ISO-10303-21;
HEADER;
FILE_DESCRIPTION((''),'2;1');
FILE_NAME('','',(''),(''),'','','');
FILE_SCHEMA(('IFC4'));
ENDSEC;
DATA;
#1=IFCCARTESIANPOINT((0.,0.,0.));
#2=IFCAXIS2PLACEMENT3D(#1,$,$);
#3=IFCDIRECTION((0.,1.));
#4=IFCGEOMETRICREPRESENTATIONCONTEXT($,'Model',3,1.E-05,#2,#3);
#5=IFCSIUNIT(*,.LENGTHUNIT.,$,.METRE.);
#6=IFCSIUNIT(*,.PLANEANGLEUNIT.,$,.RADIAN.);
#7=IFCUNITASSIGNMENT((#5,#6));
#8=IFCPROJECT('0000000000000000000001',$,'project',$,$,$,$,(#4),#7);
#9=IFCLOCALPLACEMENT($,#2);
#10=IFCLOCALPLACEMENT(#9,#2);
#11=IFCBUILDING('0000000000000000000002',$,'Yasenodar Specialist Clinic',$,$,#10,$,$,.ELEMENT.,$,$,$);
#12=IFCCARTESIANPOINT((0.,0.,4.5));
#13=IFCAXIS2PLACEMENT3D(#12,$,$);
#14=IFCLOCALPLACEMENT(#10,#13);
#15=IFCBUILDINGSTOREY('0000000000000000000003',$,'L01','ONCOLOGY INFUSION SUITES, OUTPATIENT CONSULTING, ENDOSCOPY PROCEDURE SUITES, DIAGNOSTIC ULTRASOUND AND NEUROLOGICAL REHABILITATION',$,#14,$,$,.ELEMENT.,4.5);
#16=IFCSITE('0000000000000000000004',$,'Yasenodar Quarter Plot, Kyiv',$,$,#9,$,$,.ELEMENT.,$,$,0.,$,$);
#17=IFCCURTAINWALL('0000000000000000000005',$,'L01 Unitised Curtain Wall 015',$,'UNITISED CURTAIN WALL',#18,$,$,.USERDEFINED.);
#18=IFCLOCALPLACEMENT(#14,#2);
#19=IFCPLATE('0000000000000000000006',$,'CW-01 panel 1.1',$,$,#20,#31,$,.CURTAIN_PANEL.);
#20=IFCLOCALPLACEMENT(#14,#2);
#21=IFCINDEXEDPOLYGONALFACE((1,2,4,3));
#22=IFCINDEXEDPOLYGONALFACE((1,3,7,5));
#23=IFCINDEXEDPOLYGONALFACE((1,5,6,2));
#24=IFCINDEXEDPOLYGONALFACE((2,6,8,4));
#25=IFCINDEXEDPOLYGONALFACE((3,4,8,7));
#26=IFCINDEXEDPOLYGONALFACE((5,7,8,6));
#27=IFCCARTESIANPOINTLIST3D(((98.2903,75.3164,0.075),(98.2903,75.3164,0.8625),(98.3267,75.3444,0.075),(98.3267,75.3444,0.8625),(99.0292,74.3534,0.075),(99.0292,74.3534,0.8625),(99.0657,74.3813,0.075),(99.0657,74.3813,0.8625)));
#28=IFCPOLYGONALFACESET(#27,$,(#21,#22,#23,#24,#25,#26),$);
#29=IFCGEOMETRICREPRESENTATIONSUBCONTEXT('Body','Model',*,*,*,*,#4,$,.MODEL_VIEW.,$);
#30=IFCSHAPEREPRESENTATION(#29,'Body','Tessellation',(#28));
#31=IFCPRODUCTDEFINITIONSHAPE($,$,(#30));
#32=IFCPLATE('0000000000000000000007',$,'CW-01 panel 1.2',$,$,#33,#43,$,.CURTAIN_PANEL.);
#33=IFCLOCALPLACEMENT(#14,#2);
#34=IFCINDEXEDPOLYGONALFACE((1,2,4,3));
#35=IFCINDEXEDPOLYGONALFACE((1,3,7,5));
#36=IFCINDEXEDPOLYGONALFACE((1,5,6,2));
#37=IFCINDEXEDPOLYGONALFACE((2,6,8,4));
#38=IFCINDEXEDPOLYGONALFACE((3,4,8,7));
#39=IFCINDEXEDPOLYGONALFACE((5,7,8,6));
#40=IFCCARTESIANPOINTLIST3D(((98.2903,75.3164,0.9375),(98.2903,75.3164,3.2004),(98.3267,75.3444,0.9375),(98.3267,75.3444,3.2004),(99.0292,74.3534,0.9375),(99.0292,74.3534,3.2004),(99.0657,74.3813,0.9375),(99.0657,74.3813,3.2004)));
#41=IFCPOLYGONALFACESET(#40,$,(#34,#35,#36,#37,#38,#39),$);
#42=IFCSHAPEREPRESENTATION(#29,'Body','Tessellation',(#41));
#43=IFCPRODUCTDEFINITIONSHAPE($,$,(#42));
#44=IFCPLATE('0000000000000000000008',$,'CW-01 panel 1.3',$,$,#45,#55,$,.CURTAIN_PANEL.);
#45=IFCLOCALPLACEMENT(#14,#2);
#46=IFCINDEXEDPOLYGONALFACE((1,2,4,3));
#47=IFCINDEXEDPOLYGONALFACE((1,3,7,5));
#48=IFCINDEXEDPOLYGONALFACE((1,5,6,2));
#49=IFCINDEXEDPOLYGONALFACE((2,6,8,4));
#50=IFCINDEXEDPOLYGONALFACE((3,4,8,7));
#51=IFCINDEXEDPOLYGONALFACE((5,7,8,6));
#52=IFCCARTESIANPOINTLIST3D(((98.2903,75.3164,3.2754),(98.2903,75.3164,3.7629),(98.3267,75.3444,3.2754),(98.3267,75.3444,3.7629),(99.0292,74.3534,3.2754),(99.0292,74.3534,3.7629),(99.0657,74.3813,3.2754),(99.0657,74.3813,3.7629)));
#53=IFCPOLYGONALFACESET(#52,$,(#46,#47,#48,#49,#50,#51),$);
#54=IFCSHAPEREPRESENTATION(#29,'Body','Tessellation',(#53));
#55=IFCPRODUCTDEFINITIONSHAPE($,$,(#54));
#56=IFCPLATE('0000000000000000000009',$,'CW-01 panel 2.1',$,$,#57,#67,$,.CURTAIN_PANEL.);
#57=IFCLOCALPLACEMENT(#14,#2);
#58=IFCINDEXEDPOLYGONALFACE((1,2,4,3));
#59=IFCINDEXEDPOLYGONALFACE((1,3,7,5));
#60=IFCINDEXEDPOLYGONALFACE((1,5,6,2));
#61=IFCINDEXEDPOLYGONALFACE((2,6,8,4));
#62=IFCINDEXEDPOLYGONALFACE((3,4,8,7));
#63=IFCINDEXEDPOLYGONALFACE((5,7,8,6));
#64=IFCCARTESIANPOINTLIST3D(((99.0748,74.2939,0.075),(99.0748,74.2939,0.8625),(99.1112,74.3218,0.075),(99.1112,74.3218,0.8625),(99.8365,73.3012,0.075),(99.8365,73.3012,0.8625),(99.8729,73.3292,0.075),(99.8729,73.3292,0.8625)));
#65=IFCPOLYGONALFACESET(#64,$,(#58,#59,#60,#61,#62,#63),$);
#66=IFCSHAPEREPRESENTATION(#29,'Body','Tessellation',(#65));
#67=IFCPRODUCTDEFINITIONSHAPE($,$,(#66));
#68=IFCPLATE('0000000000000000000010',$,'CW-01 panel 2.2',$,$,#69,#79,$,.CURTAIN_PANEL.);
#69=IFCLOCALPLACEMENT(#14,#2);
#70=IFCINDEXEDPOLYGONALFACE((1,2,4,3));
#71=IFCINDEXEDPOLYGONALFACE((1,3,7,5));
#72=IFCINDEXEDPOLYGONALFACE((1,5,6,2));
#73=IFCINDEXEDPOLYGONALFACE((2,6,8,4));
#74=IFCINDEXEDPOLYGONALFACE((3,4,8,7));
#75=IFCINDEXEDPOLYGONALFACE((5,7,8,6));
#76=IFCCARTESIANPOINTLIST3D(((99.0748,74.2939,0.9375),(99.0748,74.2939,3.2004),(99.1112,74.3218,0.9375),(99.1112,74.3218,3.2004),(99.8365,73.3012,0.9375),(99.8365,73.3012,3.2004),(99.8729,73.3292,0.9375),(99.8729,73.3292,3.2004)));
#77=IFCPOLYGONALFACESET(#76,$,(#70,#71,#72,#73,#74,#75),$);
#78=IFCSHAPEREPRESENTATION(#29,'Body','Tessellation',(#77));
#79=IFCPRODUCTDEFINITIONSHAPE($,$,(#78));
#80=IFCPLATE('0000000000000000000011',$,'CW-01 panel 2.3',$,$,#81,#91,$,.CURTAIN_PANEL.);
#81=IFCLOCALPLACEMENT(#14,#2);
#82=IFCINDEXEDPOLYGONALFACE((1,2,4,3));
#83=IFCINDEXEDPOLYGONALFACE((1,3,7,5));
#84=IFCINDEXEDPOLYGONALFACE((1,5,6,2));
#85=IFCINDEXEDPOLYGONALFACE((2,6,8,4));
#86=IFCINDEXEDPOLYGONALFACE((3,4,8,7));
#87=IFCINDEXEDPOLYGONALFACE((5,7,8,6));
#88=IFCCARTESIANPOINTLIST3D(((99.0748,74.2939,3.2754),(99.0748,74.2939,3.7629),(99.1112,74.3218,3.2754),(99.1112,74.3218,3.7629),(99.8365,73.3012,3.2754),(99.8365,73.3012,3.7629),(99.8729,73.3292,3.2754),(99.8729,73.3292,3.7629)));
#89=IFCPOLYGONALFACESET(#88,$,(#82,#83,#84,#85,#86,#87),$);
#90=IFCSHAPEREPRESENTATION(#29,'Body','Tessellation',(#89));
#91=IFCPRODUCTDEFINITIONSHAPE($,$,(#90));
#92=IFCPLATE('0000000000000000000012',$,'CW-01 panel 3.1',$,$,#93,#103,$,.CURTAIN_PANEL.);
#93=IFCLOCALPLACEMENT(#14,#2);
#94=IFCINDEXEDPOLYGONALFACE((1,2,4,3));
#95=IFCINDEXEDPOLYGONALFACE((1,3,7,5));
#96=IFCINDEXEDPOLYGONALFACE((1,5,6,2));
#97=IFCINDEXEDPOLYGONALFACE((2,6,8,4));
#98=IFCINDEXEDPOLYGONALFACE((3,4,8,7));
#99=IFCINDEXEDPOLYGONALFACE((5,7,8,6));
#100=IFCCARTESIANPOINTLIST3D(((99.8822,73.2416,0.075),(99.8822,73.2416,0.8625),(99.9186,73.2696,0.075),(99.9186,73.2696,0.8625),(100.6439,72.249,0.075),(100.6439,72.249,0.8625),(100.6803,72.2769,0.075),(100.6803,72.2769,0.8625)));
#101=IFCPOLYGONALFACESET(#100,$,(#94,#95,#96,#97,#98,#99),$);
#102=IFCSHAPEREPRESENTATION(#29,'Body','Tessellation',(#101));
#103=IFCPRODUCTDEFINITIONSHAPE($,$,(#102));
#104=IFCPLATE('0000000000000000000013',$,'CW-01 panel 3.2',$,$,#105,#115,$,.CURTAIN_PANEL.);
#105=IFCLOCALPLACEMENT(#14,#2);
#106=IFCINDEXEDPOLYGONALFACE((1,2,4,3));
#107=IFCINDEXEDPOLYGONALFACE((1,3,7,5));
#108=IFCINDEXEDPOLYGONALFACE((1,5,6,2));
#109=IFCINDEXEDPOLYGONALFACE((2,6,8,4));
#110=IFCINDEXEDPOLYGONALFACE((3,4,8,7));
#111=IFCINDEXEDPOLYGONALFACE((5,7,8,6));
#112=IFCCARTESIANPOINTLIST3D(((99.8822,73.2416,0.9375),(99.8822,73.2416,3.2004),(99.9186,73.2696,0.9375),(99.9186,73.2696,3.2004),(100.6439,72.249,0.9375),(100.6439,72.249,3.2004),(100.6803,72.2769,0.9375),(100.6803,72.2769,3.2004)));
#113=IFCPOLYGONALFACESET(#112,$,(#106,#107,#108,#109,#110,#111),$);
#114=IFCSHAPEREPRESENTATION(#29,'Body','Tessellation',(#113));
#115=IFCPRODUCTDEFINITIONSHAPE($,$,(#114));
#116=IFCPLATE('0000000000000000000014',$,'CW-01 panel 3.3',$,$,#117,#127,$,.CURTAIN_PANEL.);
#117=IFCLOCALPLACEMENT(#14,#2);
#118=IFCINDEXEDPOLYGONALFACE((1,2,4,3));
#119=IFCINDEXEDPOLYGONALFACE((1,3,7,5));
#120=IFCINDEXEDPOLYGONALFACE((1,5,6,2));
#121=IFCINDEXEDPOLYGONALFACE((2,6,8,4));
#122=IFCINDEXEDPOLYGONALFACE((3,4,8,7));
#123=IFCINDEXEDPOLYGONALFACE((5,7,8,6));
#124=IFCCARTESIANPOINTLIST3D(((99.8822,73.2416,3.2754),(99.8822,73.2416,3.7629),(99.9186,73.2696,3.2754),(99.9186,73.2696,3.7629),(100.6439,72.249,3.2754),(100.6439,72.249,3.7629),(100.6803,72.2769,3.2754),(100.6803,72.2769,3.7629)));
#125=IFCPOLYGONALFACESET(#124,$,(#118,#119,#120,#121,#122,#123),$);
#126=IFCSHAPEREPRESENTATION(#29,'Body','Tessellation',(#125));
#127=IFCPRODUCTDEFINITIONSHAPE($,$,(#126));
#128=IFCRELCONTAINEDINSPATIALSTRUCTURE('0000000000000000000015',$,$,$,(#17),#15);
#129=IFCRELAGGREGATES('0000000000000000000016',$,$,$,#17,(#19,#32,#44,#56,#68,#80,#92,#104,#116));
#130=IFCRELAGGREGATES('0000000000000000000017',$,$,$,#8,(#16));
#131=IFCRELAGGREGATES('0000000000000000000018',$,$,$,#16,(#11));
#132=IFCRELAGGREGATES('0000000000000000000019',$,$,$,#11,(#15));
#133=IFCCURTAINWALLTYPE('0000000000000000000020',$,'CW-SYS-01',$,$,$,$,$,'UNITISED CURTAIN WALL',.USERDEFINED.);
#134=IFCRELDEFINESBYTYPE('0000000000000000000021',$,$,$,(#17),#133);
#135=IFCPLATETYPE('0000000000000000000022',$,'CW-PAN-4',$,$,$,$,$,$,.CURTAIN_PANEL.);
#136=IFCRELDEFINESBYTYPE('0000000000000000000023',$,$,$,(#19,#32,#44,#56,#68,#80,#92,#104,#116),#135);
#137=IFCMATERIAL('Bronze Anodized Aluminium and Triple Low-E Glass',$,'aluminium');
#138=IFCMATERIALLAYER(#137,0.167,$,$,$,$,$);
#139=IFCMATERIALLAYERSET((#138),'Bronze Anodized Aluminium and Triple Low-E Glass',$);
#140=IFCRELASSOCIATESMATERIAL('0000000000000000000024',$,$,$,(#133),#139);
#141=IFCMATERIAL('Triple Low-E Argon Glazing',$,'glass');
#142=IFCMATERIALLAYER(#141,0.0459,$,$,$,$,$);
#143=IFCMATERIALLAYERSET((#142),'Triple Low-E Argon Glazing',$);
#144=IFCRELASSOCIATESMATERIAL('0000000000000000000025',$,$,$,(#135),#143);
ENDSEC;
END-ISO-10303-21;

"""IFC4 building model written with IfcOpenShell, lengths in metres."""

from ifc_helpers import new_model, si_unit, direction, frame, origin, origin_2d, place, context, subcontext, project, spatial, rectangle, extrude, material, layer, layer_set, type_object, element, aggregate, save


model = new_model("IFC4")

# Units and contexts
model_context = context("Model", 3, precision=1e-05, world=origin(), true_north=direction((0.0, 1.0)))
body_context = subcontext(model_context, "Body", "Model", "MODEL_VIEW")
ifc_project = project(units=[si_unit("LENGTHUNIT", "METRE"), si_unit("PLANEANGLEUNIT", "RADIAN")], contexts=[model_context])

# Site, building, storey
site_placement = place(None, origin())
site = spatial("IfcSite", under=ifc_project, at=site_placement, Name="Yasenodar Quarter Plot, Kyiv", CompositionType="ELEMENT", RefElevation=0.0)
building_placement = place(site_placement, origin())
building = spatial("IfcBuilding", under=site, at=building_placement, Name="Yasenodar Specialist Clinic", CompositionType="ELEMENT")
storey_placement = place(building_placement, frame((0.0, 0.0, 4.5)))
storey = spatial("IfcBuildingStorey", under=building, at=storey_placement, Name="L01", Description="ONCOLOGY INFUSION SUITES, OUTPATIENT CONSULTING, ENDOSCOPY PROCEDURE SUITES, DIAGNOSTIC ULTRASOUND AND NEUROLOGICAL REHABILITATION", CompositionType="ELEMENT", Elevation=4.5)

# Curtain wall, plates
ifc_material_1 = material(Name="Bronze Anodized Aluminium and Triple Low-E Glass", Category="aluminium")
ifc_layer_1 = layer(ifc_material_1, 0.167)
ifc_layer_set_1 = layer_set([ifc_layer_1], Name="Bronze Anodized Aluminium and Triple Low-E Glass")
curtain_wall_type = type_object("IfcCurtainWallType", Name="CW-SYS-01", ElementType="UNITISED CURTAIN WALL", PredefinedType="USERDEFINED", material=ifc_layer_set_1)
curtain_wall_placement = place(storey_placement, origin())
curtain_wall = element("IfcCurtainWall", 1, at=curtain_wall_placement, inside=storey, type_object=curtain_wall_type, Name="L01 Unitised Curtain Wall 015", ObjectType="UNITISED CURTAIN WALL", PredefinedType="USERDEFINED")
ifc_material_2 = material(Name="Triple Low-E Argon Glazing", Category="glass")
ifc_layer_2 = layer(ifc_material_2, 0.0459)
ifc_layer_set_2 = layer_set([ifc_layer_2], Name="Triple Low-E Argon Glazing")
plate_type = type_object("IfcPlateType", Name="CW-PAN-4", PredefinedType="CURTAIN_PANEL", material=ifc_layer_set_2)
plate_1_placement = place(storey_placement, frame((98.678, 74.8489, 0.075), z_axis=(0.0, 0.0, 1.0), x_axis=(0.608752, -0.793361, 0.0)))
plate_1 = element("IfcPlate", 2, at=plate_1_placement, type_object=plate_type, Name="CW-01 panel 1.1", PredefinedType="CURTAIN_PANEL", context=body_context, shape_type="SweptSolid", body=[
    extrude(rectangle(XDim=1.2139, YDim=0.0459, at=origin_2d()), origin(), (0.0, 0.0, 1.0), 0.7876),
])
plate_2_placement = place(storey_placement, frame((98.678, 74.8489, 0.9375), z_axis=(0.0, 0.0, 1.0), x_axis=(0.608752, -0.793361, 0.0)))
plate_2 = element("IfcPlate", 3, at=plate_2_placement, type_object=plate_type, Name="CW-01 panel 1.2", PredefinedType="CURTAIN_PANEL", context=body_context, shape_type="SweptSolid", body=[
    extrude(rectangle(XDim=1.2139, YDim=0.0459, at=origin_2d()), origin(), (0.0, 0.0, 1.0), 2.2629),
])
plate_3_placement = place(storey_placement, frame((98.678, 74.8489, 3.2754), z_axis=(0.0, 0.0, 1.0), x_axis=(0.608752, -0.793361, 0.0)))
plate_3 = element("IfcPlate", 4, at=plate_3_placement, type_object=plate_type, Name="CW-01 panel 1.3", PredefinedType="CURTAIN_PANEL", context=body_context, shape_type="SweptSolid", body=[
    extrude(rectangle(XDim=1.2139, YDim=0.0459, at=origin_2d()), origin(), (0.0, 0.0, 1.0), 0.4875),
])
plate_4_placement = place(storey_placement, frame((99.4739, 73.8115, 0.075), z_axis=(0.0, 0.0, 1.0), x_axis=(0.608752, -0.793361, 0.0)))
plate_4 = element("IfcPlate", 5, at=plate_4_placement, type_object=plate_type, Name="CW-01 panel 2.1", PredefinedType="CURTAIN_PANEL", context=body_context, shape_type="SweptSolid", body=[
    extrude(rectangle(XDim=1.2512, YDim=0.0459, at=origin_2d()), origin(), (0.0, 0.0, 1.0), 0.7876),
])
plate_5_placement = place(storey_placement, frame((99.4739, 73.8115, 0.9375), z_axis=(0.0, 0.0, 1.0), x_axis=(0.608752, -0.793361, 0.0)))
plate_5 = element("IfcPlate", 6, at=plate_5_placement, type_object=plate_type, Name="CW-01 panel 2.2", PredefinedType="CURTAIN_PANEL", context=body_context, shape_type="SweptSolid", body=[
    extrude(rectangle(XDim=1.2512, YDim=0.0459, at=origin_2d()), origin(), (0.0, 0.0, 1.0), 2.2629),
])
plate_6_placement = place(storey_placement, frame((99.4739, 73.8115, 3.2754), z_axis=(0.0, 0.0, 1.0), x_axis=(0.608752, -0.793361, 0.0)))
plate_6 = element("IfcPlate", 7, at=plate_6_placement, type_object=plate_type, Name="CW-01 panel 2.3", PredefinedType="CURTAIN_PANEL", context=body_context, shape_type="SweptSolid", body=[
    extrude(rectangle(XDim=1.2512, YDim=0.0459, at=origin_2d()), origin(), (0.0, 0.0, 1.0), 0.4875),
])
plate_7_placement = place(storey_placement, frame((100.2812, 72.7593, 0.075), z_axis=(0.0, 0.0, 1.0), x_axis=(0.608752, -0.793361, 0.0)))
plate_7 = element("IfcPlate", 8, at=plate_7_placement, type_object=plate_type, Name="CW-01 panel 3.1", PredefinedType="CURTAIN_PANEL", context=body_context, shape_type="SweptSolid", body=[
    extrude(rectangle(XDim=1.2512, YDim=0.0459, at=origin_2d()), origin(), (0.0, 0.0, 1.0), 0.7876),
])
plate_8_placement = place(storey_placement, frame((100.2812, 72.7593, 0.9375), z_axis=(0.0, 0.0, 1.0), x_axis=(0.608752, -0.793361, 0.0)))
plate_8 = element("IfcPlate", 9, at=plate_8_placement, type_object=plate_type, Name="CW-01 panel 3.2", PredefinedType="CURTAIN_PANEL", context=body_context, shape_type="SweptSolid", body=[
    extrude(rectangle(XDim=1.2512, YDim=0.0459, at=origin_2d()), origin(), (0.0, 0.0, 1.0), 2.2629),
])
plate_9_placement = place(storey_placement, frame((100.2812, 72.7593, 3.2754), z_axis=(0.0, 0.0, 1.0), x_axis=(0.608752, -0.793361, 0.0)))
plate_9 = element("IfcPlate", 10, at=plate_9_placement, type_object=plate_type, Name="CW-01 panel 3.3", PredefinedType="CURTAIN_PANEL", context=body_context, shape_type="SweptSolid", body=[
    extrude(rectangle(XDim=1.2512, YDim=0.0459, at=origin_2d()), origin(), (0.0, 0.0, 1.0), 0.4875),
])
aggregate(curtain_wall, [plate_1, plate_2, plate_3, plate_4, plate_5, plate_6, plate_7, plate_8, plate_9])

save(model, "model.ifc")
